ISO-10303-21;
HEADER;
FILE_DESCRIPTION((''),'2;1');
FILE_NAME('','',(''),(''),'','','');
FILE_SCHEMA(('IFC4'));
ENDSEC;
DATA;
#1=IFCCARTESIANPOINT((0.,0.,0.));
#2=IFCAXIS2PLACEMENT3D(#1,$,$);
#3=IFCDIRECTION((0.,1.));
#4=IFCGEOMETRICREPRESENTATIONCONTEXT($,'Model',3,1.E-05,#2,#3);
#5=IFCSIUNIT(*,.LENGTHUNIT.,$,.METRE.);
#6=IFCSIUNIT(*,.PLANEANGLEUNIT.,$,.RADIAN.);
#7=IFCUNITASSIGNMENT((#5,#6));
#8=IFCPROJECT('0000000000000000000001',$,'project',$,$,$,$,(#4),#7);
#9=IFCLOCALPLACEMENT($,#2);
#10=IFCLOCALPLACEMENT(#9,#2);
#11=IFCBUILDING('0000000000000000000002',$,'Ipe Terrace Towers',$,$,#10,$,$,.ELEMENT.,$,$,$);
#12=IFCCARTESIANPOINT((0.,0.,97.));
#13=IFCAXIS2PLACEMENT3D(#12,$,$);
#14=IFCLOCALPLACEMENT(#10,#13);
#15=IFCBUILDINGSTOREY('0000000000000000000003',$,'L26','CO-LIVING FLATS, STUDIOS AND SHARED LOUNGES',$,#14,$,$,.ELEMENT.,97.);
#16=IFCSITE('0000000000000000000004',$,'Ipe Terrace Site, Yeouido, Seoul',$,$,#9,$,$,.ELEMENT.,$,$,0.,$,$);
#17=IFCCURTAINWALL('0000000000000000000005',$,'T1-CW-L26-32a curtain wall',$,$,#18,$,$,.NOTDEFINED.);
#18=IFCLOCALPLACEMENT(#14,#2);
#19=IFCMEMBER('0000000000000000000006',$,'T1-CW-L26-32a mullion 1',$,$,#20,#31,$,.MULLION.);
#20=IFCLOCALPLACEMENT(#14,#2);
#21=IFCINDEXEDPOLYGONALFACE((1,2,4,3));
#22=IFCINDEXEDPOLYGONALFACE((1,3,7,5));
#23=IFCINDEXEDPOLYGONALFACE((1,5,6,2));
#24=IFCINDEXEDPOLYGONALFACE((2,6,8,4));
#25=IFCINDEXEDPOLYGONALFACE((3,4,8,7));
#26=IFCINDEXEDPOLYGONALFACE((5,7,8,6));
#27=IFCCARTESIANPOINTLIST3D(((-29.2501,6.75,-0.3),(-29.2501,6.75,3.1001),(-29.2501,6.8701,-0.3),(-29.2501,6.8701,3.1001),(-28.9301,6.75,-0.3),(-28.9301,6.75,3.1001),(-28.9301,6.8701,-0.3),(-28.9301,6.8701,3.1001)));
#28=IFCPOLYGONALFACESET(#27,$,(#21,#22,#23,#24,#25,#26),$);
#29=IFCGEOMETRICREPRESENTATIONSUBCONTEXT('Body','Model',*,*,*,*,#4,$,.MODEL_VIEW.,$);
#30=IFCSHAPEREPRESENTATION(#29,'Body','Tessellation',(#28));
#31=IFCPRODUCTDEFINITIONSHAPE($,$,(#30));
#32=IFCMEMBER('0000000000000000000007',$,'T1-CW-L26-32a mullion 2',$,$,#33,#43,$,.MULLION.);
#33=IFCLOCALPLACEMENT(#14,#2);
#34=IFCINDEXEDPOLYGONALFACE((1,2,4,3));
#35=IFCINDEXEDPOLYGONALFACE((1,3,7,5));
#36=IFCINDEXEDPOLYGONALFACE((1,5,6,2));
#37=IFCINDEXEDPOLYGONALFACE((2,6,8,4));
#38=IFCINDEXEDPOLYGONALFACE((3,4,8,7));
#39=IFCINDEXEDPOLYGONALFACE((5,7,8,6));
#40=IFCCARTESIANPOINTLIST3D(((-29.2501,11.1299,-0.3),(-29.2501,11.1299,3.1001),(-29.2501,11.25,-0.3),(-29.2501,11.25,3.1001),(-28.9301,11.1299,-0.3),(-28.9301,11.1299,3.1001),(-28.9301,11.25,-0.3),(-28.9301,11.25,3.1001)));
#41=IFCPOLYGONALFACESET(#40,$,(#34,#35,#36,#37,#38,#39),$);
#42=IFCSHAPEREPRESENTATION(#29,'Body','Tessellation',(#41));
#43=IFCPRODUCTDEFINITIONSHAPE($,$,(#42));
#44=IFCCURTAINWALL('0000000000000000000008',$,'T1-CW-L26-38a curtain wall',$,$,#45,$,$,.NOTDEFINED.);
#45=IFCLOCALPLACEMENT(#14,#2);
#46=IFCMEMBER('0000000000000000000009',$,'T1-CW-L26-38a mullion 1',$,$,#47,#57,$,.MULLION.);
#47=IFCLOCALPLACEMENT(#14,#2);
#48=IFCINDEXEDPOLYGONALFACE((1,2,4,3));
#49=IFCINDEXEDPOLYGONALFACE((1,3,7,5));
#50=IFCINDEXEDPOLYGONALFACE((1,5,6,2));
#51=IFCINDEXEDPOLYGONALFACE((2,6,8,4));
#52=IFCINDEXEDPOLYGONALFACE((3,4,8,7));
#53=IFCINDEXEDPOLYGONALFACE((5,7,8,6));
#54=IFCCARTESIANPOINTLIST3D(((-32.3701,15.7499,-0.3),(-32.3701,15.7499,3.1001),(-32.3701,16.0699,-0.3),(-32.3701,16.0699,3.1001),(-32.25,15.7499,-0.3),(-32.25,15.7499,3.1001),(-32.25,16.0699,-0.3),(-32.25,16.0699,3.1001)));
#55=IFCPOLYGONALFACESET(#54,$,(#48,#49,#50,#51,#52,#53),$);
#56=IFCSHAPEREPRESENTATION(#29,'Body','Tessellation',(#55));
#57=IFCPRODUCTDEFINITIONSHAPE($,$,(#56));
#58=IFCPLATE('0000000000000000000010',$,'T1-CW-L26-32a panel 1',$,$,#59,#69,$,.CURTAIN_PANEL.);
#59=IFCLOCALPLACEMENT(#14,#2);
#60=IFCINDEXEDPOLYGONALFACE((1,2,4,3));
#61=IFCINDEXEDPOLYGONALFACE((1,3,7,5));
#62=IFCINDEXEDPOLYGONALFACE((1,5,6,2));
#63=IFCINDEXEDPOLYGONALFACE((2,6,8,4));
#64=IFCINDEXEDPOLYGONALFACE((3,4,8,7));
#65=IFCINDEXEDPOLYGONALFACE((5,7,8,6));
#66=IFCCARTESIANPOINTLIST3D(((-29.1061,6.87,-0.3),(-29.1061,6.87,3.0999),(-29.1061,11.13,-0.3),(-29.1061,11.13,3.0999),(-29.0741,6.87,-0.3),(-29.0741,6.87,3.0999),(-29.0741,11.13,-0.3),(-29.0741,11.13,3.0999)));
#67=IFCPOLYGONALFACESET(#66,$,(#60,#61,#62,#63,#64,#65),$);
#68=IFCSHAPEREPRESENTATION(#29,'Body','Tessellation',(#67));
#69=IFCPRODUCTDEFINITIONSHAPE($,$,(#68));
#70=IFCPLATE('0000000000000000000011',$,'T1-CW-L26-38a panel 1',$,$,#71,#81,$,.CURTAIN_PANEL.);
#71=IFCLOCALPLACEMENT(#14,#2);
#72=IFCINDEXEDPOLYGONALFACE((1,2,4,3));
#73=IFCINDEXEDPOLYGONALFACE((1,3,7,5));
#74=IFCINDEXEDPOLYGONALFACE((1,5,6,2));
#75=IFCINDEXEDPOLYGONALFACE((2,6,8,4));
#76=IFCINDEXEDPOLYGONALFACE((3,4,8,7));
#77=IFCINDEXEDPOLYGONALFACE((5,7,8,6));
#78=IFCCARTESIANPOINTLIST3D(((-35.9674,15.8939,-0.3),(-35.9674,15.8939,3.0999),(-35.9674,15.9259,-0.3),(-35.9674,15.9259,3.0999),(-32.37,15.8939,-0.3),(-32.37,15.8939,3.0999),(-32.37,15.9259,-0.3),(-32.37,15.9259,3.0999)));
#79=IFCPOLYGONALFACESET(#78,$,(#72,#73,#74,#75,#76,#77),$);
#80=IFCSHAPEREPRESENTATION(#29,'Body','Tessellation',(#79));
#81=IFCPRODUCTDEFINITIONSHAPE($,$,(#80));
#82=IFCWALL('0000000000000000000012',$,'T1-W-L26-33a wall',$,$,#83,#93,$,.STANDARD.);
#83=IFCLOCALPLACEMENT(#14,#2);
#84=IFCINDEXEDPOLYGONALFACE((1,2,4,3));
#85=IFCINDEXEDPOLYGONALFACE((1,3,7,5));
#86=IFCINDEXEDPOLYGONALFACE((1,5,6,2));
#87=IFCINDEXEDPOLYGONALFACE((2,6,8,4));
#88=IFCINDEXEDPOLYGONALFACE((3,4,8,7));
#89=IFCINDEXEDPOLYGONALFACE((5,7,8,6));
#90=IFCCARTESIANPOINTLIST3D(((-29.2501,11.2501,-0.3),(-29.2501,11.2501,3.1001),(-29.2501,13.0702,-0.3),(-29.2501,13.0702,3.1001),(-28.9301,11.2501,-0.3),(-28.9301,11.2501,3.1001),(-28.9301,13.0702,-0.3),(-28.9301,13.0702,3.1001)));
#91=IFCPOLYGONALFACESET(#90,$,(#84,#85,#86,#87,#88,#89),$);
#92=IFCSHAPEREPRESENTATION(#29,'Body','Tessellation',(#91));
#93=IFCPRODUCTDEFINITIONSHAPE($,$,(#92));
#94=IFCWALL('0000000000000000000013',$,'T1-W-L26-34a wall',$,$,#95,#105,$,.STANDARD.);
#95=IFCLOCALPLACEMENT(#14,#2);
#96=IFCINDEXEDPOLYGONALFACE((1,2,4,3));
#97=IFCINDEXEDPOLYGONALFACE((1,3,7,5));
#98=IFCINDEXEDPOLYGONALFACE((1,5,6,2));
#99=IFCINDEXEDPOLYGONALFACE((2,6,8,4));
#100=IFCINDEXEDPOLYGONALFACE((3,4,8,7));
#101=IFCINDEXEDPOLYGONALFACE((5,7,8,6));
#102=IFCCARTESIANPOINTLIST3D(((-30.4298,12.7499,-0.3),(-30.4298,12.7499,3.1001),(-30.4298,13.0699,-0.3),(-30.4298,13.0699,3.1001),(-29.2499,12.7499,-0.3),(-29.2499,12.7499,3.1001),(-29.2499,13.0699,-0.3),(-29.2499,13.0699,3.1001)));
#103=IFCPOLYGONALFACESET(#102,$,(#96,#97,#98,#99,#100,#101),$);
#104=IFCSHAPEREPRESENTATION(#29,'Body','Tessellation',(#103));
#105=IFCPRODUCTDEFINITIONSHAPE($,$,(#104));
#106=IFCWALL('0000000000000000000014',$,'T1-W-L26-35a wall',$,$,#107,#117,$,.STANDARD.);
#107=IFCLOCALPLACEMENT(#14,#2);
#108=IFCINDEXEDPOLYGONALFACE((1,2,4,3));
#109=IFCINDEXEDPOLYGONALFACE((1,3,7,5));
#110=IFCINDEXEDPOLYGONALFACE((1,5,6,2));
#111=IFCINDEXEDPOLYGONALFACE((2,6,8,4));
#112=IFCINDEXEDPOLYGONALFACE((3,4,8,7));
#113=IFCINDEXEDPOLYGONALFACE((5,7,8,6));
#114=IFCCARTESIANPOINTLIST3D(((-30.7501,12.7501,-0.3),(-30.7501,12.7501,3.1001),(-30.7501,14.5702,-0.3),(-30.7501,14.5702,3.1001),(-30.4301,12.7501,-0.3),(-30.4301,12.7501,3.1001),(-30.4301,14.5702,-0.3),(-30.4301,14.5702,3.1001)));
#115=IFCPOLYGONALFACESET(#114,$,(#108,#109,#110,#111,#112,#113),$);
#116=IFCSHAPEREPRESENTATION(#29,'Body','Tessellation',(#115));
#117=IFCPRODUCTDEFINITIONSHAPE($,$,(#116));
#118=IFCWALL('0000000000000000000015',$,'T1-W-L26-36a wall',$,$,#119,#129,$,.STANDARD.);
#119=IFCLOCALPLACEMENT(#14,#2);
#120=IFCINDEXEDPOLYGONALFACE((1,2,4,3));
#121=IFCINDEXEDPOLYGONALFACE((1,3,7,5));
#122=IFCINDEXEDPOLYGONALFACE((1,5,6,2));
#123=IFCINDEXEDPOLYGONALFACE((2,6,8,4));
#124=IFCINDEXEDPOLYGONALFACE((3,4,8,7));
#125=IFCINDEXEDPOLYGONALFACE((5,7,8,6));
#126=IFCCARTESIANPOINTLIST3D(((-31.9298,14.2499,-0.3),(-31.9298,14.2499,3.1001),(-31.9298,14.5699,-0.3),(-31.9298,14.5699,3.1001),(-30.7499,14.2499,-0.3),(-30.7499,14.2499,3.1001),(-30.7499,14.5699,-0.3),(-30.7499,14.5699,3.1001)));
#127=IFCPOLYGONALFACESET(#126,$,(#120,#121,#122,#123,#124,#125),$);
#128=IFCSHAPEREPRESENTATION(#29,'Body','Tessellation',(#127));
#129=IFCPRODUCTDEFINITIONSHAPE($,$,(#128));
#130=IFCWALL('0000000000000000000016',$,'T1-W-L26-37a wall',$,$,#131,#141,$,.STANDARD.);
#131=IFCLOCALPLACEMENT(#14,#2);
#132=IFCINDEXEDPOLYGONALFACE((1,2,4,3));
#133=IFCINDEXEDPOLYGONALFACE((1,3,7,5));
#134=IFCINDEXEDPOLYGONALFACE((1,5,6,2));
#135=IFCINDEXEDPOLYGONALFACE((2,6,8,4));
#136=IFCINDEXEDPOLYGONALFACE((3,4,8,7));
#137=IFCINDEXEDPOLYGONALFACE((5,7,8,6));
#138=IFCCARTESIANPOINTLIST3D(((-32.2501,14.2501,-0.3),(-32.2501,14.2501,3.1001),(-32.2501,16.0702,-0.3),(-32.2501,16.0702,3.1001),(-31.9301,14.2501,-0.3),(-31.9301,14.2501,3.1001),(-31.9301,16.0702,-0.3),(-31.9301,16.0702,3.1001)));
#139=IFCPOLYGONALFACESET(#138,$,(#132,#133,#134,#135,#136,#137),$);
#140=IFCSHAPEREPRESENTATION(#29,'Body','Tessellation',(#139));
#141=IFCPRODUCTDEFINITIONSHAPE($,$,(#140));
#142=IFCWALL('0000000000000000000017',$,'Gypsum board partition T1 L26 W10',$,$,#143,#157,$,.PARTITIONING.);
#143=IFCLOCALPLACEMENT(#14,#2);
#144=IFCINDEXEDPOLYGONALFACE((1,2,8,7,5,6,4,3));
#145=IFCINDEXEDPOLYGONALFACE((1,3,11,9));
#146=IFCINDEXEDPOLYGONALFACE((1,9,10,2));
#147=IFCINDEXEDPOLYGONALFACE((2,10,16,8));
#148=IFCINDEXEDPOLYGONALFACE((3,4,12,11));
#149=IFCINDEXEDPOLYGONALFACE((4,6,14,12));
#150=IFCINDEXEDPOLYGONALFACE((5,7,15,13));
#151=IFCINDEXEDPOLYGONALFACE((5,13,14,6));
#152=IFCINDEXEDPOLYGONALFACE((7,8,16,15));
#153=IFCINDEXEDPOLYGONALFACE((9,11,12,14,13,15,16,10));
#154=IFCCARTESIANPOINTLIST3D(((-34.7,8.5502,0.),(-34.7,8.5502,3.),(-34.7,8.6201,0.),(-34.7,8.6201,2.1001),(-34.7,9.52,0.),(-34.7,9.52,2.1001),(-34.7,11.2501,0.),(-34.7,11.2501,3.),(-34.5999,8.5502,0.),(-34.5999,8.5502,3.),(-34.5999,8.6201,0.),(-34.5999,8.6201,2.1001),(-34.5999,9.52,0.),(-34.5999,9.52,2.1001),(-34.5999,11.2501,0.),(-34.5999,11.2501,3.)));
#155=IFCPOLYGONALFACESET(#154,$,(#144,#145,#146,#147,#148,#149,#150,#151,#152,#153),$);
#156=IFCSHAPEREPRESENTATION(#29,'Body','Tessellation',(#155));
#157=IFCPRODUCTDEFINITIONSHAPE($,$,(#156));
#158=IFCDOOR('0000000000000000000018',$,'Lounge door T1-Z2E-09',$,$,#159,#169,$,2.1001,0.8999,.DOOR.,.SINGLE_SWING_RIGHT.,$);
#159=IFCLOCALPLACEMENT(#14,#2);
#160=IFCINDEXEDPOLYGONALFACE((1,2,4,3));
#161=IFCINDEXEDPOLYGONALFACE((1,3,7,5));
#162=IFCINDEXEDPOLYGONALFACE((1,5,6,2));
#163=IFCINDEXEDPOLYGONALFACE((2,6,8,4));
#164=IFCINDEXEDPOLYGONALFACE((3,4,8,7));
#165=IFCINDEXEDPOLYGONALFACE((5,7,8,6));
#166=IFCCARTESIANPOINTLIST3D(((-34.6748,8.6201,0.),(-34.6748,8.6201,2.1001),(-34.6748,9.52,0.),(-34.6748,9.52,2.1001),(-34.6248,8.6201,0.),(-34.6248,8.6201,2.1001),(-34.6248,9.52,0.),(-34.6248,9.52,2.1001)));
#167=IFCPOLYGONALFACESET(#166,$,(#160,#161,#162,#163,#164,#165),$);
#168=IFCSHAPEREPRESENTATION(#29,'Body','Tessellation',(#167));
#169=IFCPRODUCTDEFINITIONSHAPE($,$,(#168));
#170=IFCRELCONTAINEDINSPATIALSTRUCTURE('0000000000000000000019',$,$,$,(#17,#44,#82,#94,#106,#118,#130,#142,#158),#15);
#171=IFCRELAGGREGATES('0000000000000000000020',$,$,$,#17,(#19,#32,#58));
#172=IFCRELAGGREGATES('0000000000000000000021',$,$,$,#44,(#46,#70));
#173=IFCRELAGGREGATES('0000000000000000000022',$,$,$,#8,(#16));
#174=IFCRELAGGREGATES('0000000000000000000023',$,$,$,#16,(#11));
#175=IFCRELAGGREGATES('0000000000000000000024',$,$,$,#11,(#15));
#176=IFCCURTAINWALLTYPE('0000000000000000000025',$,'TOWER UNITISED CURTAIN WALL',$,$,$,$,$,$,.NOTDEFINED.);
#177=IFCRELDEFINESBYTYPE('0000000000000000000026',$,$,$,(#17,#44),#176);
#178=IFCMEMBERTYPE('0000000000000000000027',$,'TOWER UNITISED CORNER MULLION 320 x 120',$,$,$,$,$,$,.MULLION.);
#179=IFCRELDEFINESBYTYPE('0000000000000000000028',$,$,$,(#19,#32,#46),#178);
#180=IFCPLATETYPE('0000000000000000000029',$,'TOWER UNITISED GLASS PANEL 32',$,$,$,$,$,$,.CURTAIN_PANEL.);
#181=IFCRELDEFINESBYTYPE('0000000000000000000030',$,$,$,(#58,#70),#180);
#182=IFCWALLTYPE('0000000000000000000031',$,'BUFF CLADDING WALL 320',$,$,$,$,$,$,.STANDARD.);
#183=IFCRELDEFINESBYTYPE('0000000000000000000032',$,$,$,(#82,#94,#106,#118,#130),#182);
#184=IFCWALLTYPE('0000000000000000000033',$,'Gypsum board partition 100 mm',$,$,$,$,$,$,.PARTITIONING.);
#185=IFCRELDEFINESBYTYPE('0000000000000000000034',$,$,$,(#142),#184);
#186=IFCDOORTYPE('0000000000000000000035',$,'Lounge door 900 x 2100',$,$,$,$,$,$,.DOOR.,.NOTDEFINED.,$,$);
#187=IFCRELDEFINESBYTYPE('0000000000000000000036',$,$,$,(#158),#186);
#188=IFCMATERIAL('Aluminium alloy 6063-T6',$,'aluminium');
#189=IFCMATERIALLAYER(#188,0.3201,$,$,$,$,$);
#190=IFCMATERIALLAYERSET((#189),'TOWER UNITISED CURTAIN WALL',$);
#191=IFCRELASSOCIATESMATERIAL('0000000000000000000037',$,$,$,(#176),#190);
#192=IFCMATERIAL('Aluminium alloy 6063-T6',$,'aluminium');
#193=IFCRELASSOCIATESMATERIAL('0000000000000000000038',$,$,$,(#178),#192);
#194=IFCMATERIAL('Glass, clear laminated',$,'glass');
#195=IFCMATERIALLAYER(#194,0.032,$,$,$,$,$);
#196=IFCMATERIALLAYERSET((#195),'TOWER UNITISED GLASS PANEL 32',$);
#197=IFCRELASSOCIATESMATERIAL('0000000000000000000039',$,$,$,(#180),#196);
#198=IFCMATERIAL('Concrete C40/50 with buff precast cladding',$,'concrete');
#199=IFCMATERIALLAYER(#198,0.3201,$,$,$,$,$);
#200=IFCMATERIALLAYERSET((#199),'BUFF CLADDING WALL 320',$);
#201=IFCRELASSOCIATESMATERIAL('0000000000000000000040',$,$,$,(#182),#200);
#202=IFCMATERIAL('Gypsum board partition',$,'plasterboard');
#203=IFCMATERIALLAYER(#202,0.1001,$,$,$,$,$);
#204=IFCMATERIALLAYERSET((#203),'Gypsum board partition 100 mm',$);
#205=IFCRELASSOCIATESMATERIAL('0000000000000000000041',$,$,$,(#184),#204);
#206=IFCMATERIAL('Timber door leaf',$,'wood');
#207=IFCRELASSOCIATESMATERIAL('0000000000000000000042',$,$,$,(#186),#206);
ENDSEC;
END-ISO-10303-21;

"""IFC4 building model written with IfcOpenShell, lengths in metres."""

from ifc_helpers import new_model, si_unit, direction, frame, frame_2d, origin, origin_2d, place, context, subcontext, project, spatial, rectangle, extrude, material, layer, layer_set, material_profile, profile_set, type_object, element, fill, aggregate, save


model = new_model("IFC4")

# Units and contexts
model_context = context("Model", 3, precision=1e-05, world=origin(), true_north=direction((0.0, 1.0)))
body_context = subcontext(model_context, "Body", "Model", "MODEL_VIEW")
ifc_project = project(units=[si_unit("LENGTHUNIT", "METRE"), si_unit("PLANEANGLEUNIT", "RADIAN")], contexts=[model_context])

# Site, building, storey
site_placement = place(None, origin())
site = spatial("IfcSite", under=ifc_project, at=site_placement, Name="Ipe Terrace Site, Yeouido, Seoul", CompositionType="ELEMENT", RefElevation=0.0)
building_placement = place(site_placement, origin())
building = spatial("IfcBuilding", under=site, at=building_placement, Name="Ipe Terrace Towers", CompositionType="ELEMENT")
storey_placement = place(building_placement, frame((0.0, 0.0, 97.0)))
storey = spatial("IfcBuildingStorey", under=building, at=storey_placement, Name="L26", Description="CO-LIVING FLATS, STUDIOS AND SHARED LOUNGES", CompositionType="ELEMENT", Elevation=97.0)

# Curtain wall, members
ifc_material_1 = material(Name="Aluminium alloy 6063-T6", Category="aluminium")
ifc_layer_1 = layer(ifc_material_1, 0.3201)
ifc_layer_set_1 = layer_set([ifc_layer_1], Name="TOWER UNITISED CURTAIN WALL")
curtain_wall_type = type_object("IfcCurtainWallType", Name="TOWER UNITISED CURTAIN WALL", PredefinedType="NOTDEFINED", material=ifc_layer_set_1)
curtain_wall_1_placement = place(storey_placement, origin())
curtain_wall_1 = element("IfcCurtainWall", 1, at=curtain_wall_1_placement, inside=storey, type_object=curtain_wall_type, Name="T1-CW-L26-32a curtain wall", PredefinedType="NOTDEFINED")
ifc_material_2 = material(Name="Aluminium alloy 6063-T6", Category="aluminium")
ifc_material_profile_1 = material_profile(ifc_material_2, rectangle(XDim=0.3201, YDim=0.1201, at=origin_2d()), Name="TOWER UNITISED CORNER MULLION 320 x 120")
ifc_profile_set_1 = profile_set([ifc_material_profile_1], Name="Aluminium alloy 6063-T6")
member_type = type_object("IfcMemberType", Name="TOWER UNITISED CORNER MULLION 320 x 120", PredefinedType="MULLION", material=ifc_profile_set_1)
member_1_placement = place(storey_placement, frame((-29.0901, 6.8101, -0.3), z_axis=(0.0, 0.0, 1.0), x_axis=(1.0, 0.0, 0.0)))
member_1 = element("IfcMember", 2, at=member_1_placement, type_object=member_type, Name="T1-CW-L26-32a mullion 1", PredefinedType="MULLION", context=body_context, shape_type="SweptSolid", body=[
    extrude(rectangle(XDim=0.3201, YDim=0.1201, at=origin_2d()), origin(), (0.0, 0.0, 1.0), 3.4001),
])
member_2_placement = place(storey_placement, frame((-29.0901, 11.1899, -0.3), z_axis=(0.0, 0.0, 1.0), x_axis=(1.0, 0.0, 0.0)))
member_2 = element("IfcMember", 3, at=member_2_placement, type_object=member_type, Name="T1-CW-L26-32a mullion 2", PredefinedType="MULLION", context=body_context, shape_type="SweptSolid", body=[
    extrude(rectangle(XDim=0.3201, YDim=0.1201, at=origin_2d()), origin(), (0.0, 0.0, 1.0), 3.4001),
])

# Curtain wall, member
curtain_wall_2_placement = place(storey_placement, origin())
curtain_wall_2 = element("IfcCurtainWall", 4, at=curtain_wall_2_placement, inside=storey, type_object=curtain_wall_type, Name="T1-CW-L26-38a curtain wall", PredefinedType="NOTDEFINED")
member_3_placement = place(storey_placement, frame((-32.3101, 15.9099, -0.3), z_axis=(0.0, 0.0, 1.0), x_axis=(0.0, 1.0, 0.0)))
member_3 = element("IfcMember", 5, at=member_3_placement, type_object=member_type, Name="T1-CW-L26-38a mullion 1", PredefinedType="MULLION", context=body_context, shape_type="SweptSolid", body=[
    extrude(rectangle(XDim=0.3201, YDim=0.1201, at=origin_2d()), origin(), (0.0, 0.0, 1.0), 3.4001),
])

# Plates
ifc_material_3 = material(Name="Glass, clear laminated", Category="glass")
ifc_layer_2 = layer(ifc_material_3, 0.032)
ifc_layer_set_2 = layer_set([ifc_layer_2], Name="TOWER UNITISED GLASS PANEL 32")
plate_type = type_object("IfcPlateType", Name="TOWER UNITISED GLASS PANEL 32", PredefinedType="CURTAIN_PANEL", material=ifc_layer_set_2)
plate_1_placement = place(storey_placement, frame((-29.0901, 9.0, -0.3), z_axis=(0.0, 0.0, 1.0), x_axis=(0.0, 1.0, 0.0)))
plate_1 = element("IfcPlate", 6, at=plate_1_placement, type_object=plate_type, Name="T1-CW-L26-32a panel 1", PredefinedType="CURTAIN_PANEL", context=body_context, shape_type="SweptSolid", body=[
    extrude(rectangle(XDim=4.26, YDim=0.032, at=origin_2d()), origin(), (0.0, 0.0, 1.0), 3.3999),
])
aggregate(curtain_wall_1, [member_1, member_2, plate_1])
plate_2_placement = place(storey_placement, frame((-34.1687, 15.9099, -0.3), z_axis=(0.0, 0.0, 1.0), x_axis=(-1.0, 0.0, 0.0)))
plate_2 = element("IfcPlate", 7, at=plate_2_placement, type_object=plate_type, Name="T1-CW-L26-38a panel 1", PredefinedType="CURTAIN_PANEL", context=body_context, shape_type="SweptSolid", body=[
    extrude(rectangle(XDim=3.5974, YDim=0.032, at=origin_2d()), origin(), (0.0, 0.0, 1.0), 3.3999),
])
aggregate(curtain_wall_2, [member_3, plate_2])

# Walls
ifc_material_4 = material(Name="Concrete C40/50 with buff precast cladding", Category="concrete")
ifc_layer_3 = layer(ifc_material_4, 0.3201)
ifc_layer_set_3 = layer_set([ifc_layer_3], Name="BUFF CLADDING WALL 320")
wall_type_1 = type_object("IfcWallType", Name="BUFF CLADDING WALL 320", PredefinedType="STANDARD", material=ifc_layer_set_3)
wall_1_placement = place(storey_placement, frame((-29.0901, 11.25, -0.3), z_axis=(0.0, 0.0, 1.0), x_axis=(0.0, 1.0, 0.0)))
element("IfcWall", 8, at=wall_1_placement, inside=storey, type_object=wall_type_1, Name="T1-W-L26-33a wall", PredefinedType="STANDARD", context=body_context, shape_type="SweptSolid", body=[
    extrude(rectangle(XDim=1.8201, YDim=0.3201, at=frame_2d((0.9102, 0.0))), origin(), (0.0, 0.0, 1.0), 3.4001),
])
wall_2_placement = place(storey_placement, frame((-29.25, 12.9099, -0.3), z_axis=(0.0, 0.0, 1.0), x_axis=(-1.0, 0.0, 0.0)))
element("IfcWall", 9, at=wall_2_placement, inside=storey, type_object=wall_type_1, Name="T1-W-L26-34a wall", PredefinedType="STANDARD", context=body_context, shape_type="SweptSolid", body=[
    extrude(rectangle(XDim=1.1799, YDim=0.3201, at=frame_2d((0.5898, 0.0))), origin(), (0.0, 0.0, 1.0), 3.4001),
])
wall_3_placement = place(storey_placement, frame((-30.5901, 12.75, -0.3), z_axis=(0.0, 0.0, 1.0), x_axis=(0.0, 1.0, 0.0)))
element("IfcWall", 10, at=wall_3_placement, inside=storey, type_object=wall_type_1, Name="T1-W-L26-35a wall", PredefinedType="STANDARD", context=body_context, shape_type="SweptSolid", body=[
    extrude(rectangle(XDim=1.8201, YDim=0.3201, at=frame_2d((0.9102, 0.0))), origin(), (0.0, 0.0, 1.0), 3.4001),
])
wall_4_placement = place(storey_placement, frame((-30.75, 14.4099, -0.3), z_axis=(0.0, 0.0, 1.0), x_axis=(-1.0, 0.0, 0.0)))
element("IfcWall", 11, at=wall_4_placement, inside=storey, type_object=wall_type_1, Name="T1-W-L26-36a wall", PredefinedType="STANDARD", context=body_context, shape_type="SweptSolid", body=[
    extrude(rectangle(XDim=1.1799, YDim=0.3201, at=frame_2d((0.5898, 0.0))), origin(), (0.0, 0.0, 1.0), 3.4001),
])
wall_5_placement = place(storey_placement, frame((-32.0901, 14.25, -0.3), z_axis=(0.0, 0.0, 1.0), x_axis=(0.0, 1.0, 0.0)))
element("IfcWall", 12, at=wall_5_placement, inside=storey, type_object=wall_type_1, Name="T1-W-L26-37a wall", PredefinedType="STANDARD", context=body_context, shape_type="SweptSolid", body=[
    extrude(rectangle(XDim=1.8201, YDim=0.3201, at=frame_2d((0.9102, 0.0))), origin(), (0.0, 0.0, 1.0), 3.4001),
])

# Wall, opening, door
ifc_material_5 = material(Name="Gypsum board partition", Category="plasterboard")
ifc_layer_4 = layer(ifc_material_5, 0.1001)
ifc_layer_set_4 = layer_set([ifc_layer_4], Name="Gypsum board partition 100 mm")
wall_type_2 = type_object("IfcWallType", Name="Gypsum board partition 100 mm", PredefinedType="PARTITIONING", material=ifc_layer_set_4)
wall_6_placement = place(storey_placement, frame((-34.6499, 8.55, 0.0), z_axis=(0.0, 0.0, 1.0), x_axis=(0.0, 1.0, 0.0)))
wall_6 = element("IfcWall", 13, at=wall_6_placement, inside=storey, type_object=wall_type_2, Name="Gypsum board partition T1 L26 W10", PredefinedType="PARTITIONING", context=body_context, shape_type="SweptSolid", body=[
    extrude(rectangle(XDim=2.7, YDim=0.1001, at=frame_2d((1.3501, 0.0))), origin(), (0.0, 0.0, 1.0), 3.0),
])
opening_1_placement = place(wall_6_placement, frame((0.0701, 0.0, 0.0)))
opening_1 = element("IfcOpeningElement", 14, at=opening_1_placement, cuts=wall_6, PredefinedType="OPENING", context=body_context, shape_type="SweptSolid", body=[
    extrude(rectangle(XDim=0.8999, YDim=2.1001, at=frame_2d((0.45, 1.05))), frame((0.0, 0.0601, 0.0), z_axis=(0.0, -1.0, 0.0), x_axis=(1.0, 0.0, 0.0)), (0.0, 0.0, 1.0), 0.1201),
])
ifc_material_6 = material(Name="Timber door leaf", Category="wood")
door_type_1 = type_object("IfcDoorType", Name="Lounge door 900 x 2100", OperationType="NOTDEFINED", PredefinedType="DOOR", material=ifc_material_6)
door_1_placement = place(opening_1_placement, origin())
door_1 = element("IfcDoor", 15, at=door_1_placement, inside=storey, type_object=door_type_1, Name="Lounge door T1-Z2E-09", OperationType="SINGLE_SWING_RIGHT", OverallHeight=2.1001, OverallWidth=0.8999, PredefinedType="DOOR", context=body_context, shape_type="SweptSolid", body=[
    extrude(rectangle(XDim=0.8999, YDim=2.1001, at=frame_2d((0.45, 1.05))), frame((0.0, 0.0249, 0.0), z_axis=(0.0, -1.0, 0.0), x_axis=(1.0, 0.0, 0.0)), (0.0, 0.0, 1.0), 0.05),
])
fill(opening_1, door_1)

save(model, "model.ifc")
